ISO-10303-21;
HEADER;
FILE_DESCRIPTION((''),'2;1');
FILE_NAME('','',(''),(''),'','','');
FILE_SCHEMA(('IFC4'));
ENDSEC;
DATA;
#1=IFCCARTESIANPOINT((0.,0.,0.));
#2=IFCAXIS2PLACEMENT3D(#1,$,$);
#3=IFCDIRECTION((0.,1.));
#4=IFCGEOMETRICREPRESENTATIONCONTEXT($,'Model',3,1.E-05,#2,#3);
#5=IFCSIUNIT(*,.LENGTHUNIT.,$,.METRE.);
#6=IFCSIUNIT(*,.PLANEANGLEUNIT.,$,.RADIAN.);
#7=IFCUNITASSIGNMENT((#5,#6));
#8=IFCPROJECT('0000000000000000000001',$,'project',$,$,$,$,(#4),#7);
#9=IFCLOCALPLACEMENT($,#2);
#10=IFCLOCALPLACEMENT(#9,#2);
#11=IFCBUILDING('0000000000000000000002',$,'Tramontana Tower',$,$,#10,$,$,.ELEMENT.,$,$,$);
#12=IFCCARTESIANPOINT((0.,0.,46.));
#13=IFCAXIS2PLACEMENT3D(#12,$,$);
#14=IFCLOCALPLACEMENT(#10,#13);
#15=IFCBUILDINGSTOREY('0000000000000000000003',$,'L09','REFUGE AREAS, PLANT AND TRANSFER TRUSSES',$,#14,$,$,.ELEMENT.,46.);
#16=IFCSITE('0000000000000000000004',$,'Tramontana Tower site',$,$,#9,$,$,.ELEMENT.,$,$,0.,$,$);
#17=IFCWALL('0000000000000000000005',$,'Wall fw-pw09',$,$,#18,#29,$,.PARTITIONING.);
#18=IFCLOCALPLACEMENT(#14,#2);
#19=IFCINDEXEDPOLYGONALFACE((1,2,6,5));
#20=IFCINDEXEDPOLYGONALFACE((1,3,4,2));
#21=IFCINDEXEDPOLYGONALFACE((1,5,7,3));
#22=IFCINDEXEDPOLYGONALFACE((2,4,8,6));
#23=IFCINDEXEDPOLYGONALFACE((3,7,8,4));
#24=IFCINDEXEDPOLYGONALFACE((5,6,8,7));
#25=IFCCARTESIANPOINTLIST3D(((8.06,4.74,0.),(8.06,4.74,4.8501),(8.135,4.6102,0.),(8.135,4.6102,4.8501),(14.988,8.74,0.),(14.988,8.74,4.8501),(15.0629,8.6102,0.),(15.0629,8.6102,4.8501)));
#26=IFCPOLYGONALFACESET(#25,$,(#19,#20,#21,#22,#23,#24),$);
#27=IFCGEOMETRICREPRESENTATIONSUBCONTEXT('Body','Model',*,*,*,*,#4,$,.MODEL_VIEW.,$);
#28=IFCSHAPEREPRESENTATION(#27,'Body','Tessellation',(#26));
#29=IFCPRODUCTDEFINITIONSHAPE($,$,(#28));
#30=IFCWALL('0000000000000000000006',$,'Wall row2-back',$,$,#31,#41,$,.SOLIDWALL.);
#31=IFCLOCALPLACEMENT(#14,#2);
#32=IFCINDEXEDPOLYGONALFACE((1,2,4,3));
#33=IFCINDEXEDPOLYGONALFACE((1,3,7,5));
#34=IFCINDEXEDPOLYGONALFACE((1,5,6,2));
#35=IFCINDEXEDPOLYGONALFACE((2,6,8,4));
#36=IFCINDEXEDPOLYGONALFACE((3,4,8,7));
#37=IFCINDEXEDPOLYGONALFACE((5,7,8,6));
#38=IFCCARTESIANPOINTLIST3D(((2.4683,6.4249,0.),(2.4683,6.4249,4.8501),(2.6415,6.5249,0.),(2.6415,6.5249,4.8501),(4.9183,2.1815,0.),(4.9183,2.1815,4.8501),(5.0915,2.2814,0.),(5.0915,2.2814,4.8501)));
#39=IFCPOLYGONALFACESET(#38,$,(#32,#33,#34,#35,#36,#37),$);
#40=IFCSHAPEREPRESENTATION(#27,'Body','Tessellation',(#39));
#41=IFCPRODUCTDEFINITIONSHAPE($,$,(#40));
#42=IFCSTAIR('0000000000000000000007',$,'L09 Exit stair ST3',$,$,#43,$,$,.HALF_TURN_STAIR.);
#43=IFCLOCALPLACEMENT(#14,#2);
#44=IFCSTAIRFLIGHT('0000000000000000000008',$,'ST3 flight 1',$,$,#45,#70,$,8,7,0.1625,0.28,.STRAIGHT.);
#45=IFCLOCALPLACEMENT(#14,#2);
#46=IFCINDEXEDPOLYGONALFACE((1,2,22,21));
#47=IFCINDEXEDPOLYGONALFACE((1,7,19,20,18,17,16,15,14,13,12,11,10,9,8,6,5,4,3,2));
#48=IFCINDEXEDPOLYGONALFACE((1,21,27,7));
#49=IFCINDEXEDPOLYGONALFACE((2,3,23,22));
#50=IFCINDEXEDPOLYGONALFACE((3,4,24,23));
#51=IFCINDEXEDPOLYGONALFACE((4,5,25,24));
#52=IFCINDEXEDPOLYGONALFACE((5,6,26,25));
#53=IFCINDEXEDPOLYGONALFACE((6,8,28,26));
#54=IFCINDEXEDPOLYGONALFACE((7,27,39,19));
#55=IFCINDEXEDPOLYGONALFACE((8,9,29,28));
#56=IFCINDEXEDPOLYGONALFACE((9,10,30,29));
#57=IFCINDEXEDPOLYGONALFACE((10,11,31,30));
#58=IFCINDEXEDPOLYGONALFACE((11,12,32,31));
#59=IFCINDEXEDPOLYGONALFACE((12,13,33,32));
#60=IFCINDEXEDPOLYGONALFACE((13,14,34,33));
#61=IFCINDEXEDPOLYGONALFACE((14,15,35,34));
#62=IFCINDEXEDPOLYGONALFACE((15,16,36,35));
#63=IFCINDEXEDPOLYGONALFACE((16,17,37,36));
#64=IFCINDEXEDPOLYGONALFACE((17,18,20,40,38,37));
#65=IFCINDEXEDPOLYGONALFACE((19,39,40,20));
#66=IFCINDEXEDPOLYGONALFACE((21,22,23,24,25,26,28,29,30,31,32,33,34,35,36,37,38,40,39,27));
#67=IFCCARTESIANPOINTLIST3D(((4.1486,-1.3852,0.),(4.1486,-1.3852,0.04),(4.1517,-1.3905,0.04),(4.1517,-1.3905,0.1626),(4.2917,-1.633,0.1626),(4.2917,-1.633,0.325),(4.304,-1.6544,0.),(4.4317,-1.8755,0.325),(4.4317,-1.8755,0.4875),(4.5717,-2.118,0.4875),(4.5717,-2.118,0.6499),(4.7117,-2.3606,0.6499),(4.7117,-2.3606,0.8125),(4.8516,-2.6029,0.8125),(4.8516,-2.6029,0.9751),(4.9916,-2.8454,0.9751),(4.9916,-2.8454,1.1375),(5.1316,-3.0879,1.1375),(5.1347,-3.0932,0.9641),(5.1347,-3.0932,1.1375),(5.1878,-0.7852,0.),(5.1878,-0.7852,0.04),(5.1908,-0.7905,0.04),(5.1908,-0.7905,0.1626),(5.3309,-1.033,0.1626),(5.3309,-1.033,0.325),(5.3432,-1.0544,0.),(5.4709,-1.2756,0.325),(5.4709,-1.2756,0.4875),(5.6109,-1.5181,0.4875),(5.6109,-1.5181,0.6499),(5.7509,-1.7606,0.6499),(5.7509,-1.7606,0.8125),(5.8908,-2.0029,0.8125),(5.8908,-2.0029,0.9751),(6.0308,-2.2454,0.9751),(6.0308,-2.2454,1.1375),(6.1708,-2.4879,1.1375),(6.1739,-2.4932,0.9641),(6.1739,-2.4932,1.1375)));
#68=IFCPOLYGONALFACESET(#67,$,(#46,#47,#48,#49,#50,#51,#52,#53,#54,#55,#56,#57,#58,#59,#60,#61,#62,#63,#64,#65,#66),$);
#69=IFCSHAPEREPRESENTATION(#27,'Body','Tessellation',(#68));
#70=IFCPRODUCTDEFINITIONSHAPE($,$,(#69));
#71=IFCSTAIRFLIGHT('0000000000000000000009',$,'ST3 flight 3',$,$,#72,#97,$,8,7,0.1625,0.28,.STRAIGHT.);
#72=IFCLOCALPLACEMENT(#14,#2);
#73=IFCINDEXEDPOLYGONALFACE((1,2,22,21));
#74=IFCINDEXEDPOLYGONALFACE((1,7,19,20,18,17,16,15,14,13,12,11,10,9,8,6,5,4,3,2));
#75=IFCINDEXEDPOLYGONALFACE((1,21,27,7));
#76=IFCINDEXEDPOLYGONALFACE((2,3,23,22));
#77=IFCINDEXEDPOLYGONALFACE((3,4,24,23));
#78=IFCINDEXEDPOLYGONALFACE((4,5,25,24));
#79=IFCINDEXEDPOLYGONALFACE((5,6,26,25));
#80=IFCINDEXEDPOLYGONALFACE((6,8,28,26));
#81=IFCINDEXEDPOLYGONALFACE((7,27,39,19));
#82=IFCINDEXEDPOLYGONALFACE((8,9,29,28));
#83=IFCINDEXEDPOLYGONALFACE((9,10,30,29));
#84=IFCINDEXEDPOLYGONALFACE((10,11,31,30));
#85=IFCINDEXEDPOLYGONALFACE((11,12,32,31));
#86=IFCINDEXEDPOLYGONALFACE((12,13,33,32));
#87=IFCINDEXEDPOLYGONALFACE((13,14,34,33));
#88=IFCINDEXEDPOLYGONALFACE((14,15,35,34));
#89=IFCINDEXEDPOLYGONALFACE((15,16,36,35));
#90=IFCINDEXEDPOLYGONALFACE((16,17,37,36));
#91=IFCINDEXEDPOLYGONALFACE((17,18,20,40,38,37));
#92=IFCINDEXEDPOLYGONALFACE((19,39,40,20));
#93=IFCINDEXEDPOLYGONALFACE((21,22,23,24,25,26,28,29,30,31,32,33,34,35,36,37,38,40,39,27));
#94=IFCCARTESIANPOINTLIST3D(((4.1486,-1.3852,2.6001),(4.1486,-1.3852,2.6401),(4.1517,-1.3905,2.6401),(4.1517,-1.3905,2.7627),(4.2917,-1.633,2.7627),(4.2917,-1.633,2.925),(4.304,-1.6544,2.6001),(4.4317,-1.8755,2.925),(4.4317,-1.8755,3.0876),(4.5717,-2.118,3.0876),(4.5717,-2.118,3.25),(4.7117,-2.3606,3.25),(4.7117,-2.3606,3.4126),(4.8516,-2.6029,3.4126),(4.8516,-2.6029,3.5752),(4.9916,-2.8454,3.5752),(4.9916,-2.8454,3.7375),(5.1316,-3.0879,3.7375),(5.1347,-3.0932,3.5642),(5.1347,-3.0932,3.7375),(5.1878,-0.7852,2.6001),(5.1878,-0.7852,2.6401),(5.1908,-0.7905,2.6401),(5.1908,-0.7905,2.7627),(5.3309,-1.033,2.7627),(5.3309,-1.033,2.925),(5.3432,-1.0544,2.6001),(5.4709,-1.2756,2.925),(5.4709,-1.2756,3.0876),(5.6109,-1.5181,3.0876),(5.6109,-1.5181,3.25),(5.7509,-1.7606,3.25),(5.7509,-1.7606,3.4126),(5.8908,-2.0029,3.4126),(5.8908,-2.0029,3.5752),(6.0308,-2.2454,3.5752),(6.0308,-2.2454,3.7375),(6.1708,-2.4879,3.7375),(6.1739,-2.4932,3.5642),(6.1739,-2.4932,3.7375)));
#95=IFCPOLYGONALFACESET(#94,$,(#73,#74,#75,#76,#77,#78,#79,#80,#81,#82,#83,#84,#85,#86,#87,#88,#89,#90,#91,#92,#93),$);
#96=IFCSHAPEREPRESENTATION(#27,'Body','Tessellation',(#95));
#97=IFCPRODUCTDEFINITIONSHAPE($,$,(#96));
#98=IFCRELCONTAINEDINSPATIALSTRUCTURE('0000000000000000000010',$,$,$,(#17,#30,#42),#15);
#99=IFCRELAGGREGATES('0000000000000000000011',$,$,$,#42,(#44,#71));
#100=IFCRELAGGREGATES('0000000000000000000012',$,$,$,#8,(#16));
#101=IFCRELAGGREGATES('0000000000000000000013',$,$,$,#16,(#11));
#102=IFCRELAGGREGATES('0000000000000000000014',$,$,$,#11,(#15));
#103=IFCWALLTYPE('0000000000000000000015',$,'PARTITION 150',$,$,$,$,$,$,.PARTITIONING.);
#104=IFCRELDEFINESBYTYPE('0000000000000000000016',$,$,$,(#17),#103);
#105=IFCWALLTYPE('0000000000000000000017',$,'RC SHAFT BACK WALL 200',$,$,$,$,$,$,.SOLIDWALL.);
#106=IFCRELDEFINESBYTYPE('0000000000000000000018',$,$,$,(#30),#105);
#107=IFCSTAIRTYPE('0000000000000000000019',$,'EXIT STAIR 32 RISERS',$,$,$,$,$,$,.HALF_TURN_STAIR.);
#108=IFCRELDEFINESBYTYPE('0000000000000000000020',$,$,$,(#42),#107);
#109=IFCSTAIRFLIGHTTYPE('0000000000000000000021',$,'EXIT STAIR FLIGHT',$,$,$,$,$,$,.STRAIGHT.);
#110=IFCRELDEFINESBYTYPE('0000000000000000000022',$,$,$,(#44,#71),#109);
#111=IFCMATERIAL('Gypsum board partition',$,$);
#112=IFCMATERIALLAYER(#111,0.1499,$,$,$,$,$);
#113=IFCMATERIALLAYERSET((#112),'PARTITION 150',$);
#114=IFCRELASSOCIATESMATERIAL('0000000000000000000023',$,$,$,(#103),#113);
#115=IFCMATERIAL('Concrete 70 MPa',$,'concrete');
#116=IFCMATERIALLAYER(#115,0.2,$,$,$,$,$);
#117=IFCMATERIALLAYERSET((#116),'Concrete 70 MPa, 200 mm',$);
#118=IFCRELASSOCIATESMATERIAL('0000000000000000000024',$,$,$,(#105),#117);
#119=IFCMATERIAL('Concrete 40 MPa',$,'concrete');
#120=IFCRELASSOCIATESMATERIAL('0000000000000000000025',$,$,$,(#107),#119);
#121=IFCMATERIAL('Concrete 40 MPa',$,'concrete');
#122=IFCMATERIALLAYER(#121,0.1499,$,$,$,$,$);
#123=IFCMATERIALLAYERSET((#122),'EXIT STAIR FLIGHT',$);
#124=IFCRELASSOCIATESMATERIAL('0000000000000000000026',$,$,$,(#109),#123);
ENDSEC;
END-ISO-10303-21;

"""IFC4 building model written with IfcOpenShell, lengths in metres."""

from ifc_helpers import new_model, si_unit, direction, frame, frame_2d, origin, place, context, subcontext, project, spatial, polyline, rectangle, outline, extrude, material, layer, layer_set, type_object, element, aggregate, save


model = new_model("IFC4")

# Units and contexts
model_context = context("Model", 3, precision=1e-05, world=origin(), true_north=direction((0.0, 1.0)))
body_context = subcontext(model_context, "Body", "Model", "MODEL_VIEW")
ifc_project = project(units=[si_unit("LENGTHUNIT", "METRE"), si_unit("PLANEANGLEUNIT", "RADIAN")], contexts=[model_context])

# Site, building, storey
site_placement = place(None, origin())
site = spatial("IfcSite", under=ifc_project, at=site_placement, Name="Tramontana Tower site", CompositionType="ELEMENT", RefElevation=0.0)
building_placement = place(site_placement, origin())
building = spatial("IfcBuilding", under=site, at=building_placement, Name="Tramontana Tower", CompositionType="ELEMENT")
storey_placement = place(building_placement, frame((0.0, 0.0, 46.0)))
storey = spatial("IfcBuildingStorey", under=building, at=storey_placement, Name="L09", Description="REFUGE AREAS, PLANT AND TRANSFER TRUSSES", CompositionType="ELEMENT", Elevation=46.0)

# Walls
ifc_material_1 = material(Name="Gypsum board partition")
ifc_layer_1 = layer(ifc_material_1, 0.1499)
ifc_layer_set_1 = layer_set([ifc_layer_1], Name="PARTITION 150")
wall_type_1 = type_object("IfcWallType", Name="PARTITION 150", PredefinedType="PARTITIONING", material=ifc_layer_set_1)
wall_1_placement = place(storey_placement, frame((8.0974, 4.675, 0.0), z_axis=(0.0, 0.0, 1.0), x_axis=(0.866018, 0.500012, 0.0)))
element("IfcWall", 1, at=wall_1_placement, inside=storey, type_object=wall_type_1, Name="Wall fw-pw09", PredefinedType="PARTITIONING", context=body_context, shape_type="SweptSolid", body=[
    extrude(rectangle(XDim=7.9998, YDim=0.1499, at=frame_2d((4.0, 0.0))), origin(), (0.0, 0.0, 1.0), 4.8501),
])
ifc_material_2 = material(Name="Concrete 70 MPa", Category="concrete")
ifc_layer_2 = layer(ifc_material_2, 0.2)
ifc_layer_set_2 = layer_set([ifc_layer_2], Name="Concrete 70 MPa, 200 mm")
wall_type_2 = type_object("IfcWallType", Name="RC SHAFT BACK WALL 200", PredefinedType="SOLIDWALL", material=ifc_layer_set_2)
wall_2_placement = place(storey_placement, frame((5.0049, 2.2314, 0.0), z_axis=(0.0, 0.0, 1.0), x_axis=(-0.500003, 0.866024, 0.0)))
element("IfcWall", 2, at=wall_2_placement, inside=storey, type_object=wall_type_2, Name="Wall row2-back", PredefinedType="SOLIDWALL", context=body_context, shape_type="SweptSolid", body=[
    extrude(rectangle(XDim=4.8999, YDim=0.2, at=frame_2d((2.45, 0.0))), origin(), (0.0, 0.0, 1.0), 4.8501),
])

# Stair, stair flights
ifc_material_3 = material(Name="Concrete 40 MPa", Category="concrete")
stair_type = type_object("IfcStairType", Name="EXIT STAIR 32 RISERS", PredefinedType="HALF_TURN_STAIR", material=ifc_material_3)
stair_placement = place(storey_placement, origin())
stair = element("IfcStair", 3, at=stair_placement, inside=storey, type_object=stair_type, Name="L09 Exit stair ST3", PredefinedType="HALF_TURN_STAIR")
ifc_material_4 = material(Name="Concrete 40 MPa", Category="concrete")
ifc_layer_3 = layer(ifc_material_4, 0.1499)
ifc_layer_set_3 = layer_set([ifc_layer_3], Name="EXIT STAIR FLIGHT")
stair_flight_type = type_object("IfcStairFlightType", Name="EXIT STAIR FLIGHT", PredefinedType="STRAIGHT", material=ifc_layer_set_3)
stair_flight_1_placement = place(storey_placement, frame((4.6711, -1.0906, 0.0), z_axis=(0.0, 0.0, 1.0), x_axis=(0.5, -0.866025, 0.0)))
stair_flight_1 = element("IfcStairFlight", 4, at=stair_flight_1_placement, type_object=stair_flight_type, Name="ST3 flight 1", NumberOfRisers=8, NumberOfTreads=7, PredefinedType="STRAIGHT", RiserHeight=0.1625, TreadLength=0.28, context=body_context, shape_type="SweptSolid", body=[
    extrude(outline(polyline([(-0.0061, 0.0), (-0.0061, 0.04), (0.0, 0.04), (0.0, 0.1626), (0.28, 0.1626), (0.28, 0.325), (0.5601, 0.325), (0.5601, 0.4875), (0.8401, 0.4875), (0.8401, 0.6499), (1.1201, 0.6499), (1.1201, 0.8125), (1.3999, 0.8125), (1.3999, 0.9751), (1.6799, 0.9751), (1.6799, 1.1375), (1.96, 1.1375), (1.9661, 1.1375), (1.9661, 0.9641), (0.3047, 0.0), (-0.0061, 0.0)])), frame((0.0, 0.6001, 0.0), z_axis=(0.0, -1.0, 0.0), x_axis=(1.0, 0.0, 0.0)), (0.0, 0.0, 1.0), 1.2),
])
stair_flight_2_placement = place(storey_placement, frame((4.6711, -1.0906, 2.6001), z_axis=(0.0, 0.0, 1.0), x_axis=(0.5, -0.866025, 0.0)))
stair_flight_2 = element("IfcStairFlight", 5, at=stair_flight_2_placement, type_object=stair_flight_type, Name="ST3 flight 3", NumberOfRisers=8, NumberOfTreads=7, PredefinedType="STRAIGHT", RiserHeight=0.1625, TreadLength=0.28, context=body_context, shape_type="SweptSolid", body=[
    extrude(outline(polyline([(-0.0061, 0.0), (-0.0061, 0.04), (0.0, 0.04), (0.0, 0.1626), (0.28, 0.1626), (0.28, 0.325), (0.5601, 0.325), (0.5601, 0.4875), (0.8401, 0.4875), (0.8401, 0.6499), (1.1201, 0.6499), (1.1201, 0.8125), (1.3999, 0.8125), (1.3999, 0.9751), (1.6799, 0.9751), (1.6799, 1.1375), (1.96, 1.1375), (1.9661, 1.1375), (1.9661, 0.9641), (0.3047, 0.0), (-0.0061, 0.0)])), frame((0.0, 0.6001, 0.0), z_axis=(0.0, -1.0, 0.0), x_axis=(1.0, 0.0, 0.0)), (0.0, 0.0, 1.0), 1.2),
])
aggregate(stair, [stair_flight_1, stair_flight_2])

save(model, "model.ifc")
